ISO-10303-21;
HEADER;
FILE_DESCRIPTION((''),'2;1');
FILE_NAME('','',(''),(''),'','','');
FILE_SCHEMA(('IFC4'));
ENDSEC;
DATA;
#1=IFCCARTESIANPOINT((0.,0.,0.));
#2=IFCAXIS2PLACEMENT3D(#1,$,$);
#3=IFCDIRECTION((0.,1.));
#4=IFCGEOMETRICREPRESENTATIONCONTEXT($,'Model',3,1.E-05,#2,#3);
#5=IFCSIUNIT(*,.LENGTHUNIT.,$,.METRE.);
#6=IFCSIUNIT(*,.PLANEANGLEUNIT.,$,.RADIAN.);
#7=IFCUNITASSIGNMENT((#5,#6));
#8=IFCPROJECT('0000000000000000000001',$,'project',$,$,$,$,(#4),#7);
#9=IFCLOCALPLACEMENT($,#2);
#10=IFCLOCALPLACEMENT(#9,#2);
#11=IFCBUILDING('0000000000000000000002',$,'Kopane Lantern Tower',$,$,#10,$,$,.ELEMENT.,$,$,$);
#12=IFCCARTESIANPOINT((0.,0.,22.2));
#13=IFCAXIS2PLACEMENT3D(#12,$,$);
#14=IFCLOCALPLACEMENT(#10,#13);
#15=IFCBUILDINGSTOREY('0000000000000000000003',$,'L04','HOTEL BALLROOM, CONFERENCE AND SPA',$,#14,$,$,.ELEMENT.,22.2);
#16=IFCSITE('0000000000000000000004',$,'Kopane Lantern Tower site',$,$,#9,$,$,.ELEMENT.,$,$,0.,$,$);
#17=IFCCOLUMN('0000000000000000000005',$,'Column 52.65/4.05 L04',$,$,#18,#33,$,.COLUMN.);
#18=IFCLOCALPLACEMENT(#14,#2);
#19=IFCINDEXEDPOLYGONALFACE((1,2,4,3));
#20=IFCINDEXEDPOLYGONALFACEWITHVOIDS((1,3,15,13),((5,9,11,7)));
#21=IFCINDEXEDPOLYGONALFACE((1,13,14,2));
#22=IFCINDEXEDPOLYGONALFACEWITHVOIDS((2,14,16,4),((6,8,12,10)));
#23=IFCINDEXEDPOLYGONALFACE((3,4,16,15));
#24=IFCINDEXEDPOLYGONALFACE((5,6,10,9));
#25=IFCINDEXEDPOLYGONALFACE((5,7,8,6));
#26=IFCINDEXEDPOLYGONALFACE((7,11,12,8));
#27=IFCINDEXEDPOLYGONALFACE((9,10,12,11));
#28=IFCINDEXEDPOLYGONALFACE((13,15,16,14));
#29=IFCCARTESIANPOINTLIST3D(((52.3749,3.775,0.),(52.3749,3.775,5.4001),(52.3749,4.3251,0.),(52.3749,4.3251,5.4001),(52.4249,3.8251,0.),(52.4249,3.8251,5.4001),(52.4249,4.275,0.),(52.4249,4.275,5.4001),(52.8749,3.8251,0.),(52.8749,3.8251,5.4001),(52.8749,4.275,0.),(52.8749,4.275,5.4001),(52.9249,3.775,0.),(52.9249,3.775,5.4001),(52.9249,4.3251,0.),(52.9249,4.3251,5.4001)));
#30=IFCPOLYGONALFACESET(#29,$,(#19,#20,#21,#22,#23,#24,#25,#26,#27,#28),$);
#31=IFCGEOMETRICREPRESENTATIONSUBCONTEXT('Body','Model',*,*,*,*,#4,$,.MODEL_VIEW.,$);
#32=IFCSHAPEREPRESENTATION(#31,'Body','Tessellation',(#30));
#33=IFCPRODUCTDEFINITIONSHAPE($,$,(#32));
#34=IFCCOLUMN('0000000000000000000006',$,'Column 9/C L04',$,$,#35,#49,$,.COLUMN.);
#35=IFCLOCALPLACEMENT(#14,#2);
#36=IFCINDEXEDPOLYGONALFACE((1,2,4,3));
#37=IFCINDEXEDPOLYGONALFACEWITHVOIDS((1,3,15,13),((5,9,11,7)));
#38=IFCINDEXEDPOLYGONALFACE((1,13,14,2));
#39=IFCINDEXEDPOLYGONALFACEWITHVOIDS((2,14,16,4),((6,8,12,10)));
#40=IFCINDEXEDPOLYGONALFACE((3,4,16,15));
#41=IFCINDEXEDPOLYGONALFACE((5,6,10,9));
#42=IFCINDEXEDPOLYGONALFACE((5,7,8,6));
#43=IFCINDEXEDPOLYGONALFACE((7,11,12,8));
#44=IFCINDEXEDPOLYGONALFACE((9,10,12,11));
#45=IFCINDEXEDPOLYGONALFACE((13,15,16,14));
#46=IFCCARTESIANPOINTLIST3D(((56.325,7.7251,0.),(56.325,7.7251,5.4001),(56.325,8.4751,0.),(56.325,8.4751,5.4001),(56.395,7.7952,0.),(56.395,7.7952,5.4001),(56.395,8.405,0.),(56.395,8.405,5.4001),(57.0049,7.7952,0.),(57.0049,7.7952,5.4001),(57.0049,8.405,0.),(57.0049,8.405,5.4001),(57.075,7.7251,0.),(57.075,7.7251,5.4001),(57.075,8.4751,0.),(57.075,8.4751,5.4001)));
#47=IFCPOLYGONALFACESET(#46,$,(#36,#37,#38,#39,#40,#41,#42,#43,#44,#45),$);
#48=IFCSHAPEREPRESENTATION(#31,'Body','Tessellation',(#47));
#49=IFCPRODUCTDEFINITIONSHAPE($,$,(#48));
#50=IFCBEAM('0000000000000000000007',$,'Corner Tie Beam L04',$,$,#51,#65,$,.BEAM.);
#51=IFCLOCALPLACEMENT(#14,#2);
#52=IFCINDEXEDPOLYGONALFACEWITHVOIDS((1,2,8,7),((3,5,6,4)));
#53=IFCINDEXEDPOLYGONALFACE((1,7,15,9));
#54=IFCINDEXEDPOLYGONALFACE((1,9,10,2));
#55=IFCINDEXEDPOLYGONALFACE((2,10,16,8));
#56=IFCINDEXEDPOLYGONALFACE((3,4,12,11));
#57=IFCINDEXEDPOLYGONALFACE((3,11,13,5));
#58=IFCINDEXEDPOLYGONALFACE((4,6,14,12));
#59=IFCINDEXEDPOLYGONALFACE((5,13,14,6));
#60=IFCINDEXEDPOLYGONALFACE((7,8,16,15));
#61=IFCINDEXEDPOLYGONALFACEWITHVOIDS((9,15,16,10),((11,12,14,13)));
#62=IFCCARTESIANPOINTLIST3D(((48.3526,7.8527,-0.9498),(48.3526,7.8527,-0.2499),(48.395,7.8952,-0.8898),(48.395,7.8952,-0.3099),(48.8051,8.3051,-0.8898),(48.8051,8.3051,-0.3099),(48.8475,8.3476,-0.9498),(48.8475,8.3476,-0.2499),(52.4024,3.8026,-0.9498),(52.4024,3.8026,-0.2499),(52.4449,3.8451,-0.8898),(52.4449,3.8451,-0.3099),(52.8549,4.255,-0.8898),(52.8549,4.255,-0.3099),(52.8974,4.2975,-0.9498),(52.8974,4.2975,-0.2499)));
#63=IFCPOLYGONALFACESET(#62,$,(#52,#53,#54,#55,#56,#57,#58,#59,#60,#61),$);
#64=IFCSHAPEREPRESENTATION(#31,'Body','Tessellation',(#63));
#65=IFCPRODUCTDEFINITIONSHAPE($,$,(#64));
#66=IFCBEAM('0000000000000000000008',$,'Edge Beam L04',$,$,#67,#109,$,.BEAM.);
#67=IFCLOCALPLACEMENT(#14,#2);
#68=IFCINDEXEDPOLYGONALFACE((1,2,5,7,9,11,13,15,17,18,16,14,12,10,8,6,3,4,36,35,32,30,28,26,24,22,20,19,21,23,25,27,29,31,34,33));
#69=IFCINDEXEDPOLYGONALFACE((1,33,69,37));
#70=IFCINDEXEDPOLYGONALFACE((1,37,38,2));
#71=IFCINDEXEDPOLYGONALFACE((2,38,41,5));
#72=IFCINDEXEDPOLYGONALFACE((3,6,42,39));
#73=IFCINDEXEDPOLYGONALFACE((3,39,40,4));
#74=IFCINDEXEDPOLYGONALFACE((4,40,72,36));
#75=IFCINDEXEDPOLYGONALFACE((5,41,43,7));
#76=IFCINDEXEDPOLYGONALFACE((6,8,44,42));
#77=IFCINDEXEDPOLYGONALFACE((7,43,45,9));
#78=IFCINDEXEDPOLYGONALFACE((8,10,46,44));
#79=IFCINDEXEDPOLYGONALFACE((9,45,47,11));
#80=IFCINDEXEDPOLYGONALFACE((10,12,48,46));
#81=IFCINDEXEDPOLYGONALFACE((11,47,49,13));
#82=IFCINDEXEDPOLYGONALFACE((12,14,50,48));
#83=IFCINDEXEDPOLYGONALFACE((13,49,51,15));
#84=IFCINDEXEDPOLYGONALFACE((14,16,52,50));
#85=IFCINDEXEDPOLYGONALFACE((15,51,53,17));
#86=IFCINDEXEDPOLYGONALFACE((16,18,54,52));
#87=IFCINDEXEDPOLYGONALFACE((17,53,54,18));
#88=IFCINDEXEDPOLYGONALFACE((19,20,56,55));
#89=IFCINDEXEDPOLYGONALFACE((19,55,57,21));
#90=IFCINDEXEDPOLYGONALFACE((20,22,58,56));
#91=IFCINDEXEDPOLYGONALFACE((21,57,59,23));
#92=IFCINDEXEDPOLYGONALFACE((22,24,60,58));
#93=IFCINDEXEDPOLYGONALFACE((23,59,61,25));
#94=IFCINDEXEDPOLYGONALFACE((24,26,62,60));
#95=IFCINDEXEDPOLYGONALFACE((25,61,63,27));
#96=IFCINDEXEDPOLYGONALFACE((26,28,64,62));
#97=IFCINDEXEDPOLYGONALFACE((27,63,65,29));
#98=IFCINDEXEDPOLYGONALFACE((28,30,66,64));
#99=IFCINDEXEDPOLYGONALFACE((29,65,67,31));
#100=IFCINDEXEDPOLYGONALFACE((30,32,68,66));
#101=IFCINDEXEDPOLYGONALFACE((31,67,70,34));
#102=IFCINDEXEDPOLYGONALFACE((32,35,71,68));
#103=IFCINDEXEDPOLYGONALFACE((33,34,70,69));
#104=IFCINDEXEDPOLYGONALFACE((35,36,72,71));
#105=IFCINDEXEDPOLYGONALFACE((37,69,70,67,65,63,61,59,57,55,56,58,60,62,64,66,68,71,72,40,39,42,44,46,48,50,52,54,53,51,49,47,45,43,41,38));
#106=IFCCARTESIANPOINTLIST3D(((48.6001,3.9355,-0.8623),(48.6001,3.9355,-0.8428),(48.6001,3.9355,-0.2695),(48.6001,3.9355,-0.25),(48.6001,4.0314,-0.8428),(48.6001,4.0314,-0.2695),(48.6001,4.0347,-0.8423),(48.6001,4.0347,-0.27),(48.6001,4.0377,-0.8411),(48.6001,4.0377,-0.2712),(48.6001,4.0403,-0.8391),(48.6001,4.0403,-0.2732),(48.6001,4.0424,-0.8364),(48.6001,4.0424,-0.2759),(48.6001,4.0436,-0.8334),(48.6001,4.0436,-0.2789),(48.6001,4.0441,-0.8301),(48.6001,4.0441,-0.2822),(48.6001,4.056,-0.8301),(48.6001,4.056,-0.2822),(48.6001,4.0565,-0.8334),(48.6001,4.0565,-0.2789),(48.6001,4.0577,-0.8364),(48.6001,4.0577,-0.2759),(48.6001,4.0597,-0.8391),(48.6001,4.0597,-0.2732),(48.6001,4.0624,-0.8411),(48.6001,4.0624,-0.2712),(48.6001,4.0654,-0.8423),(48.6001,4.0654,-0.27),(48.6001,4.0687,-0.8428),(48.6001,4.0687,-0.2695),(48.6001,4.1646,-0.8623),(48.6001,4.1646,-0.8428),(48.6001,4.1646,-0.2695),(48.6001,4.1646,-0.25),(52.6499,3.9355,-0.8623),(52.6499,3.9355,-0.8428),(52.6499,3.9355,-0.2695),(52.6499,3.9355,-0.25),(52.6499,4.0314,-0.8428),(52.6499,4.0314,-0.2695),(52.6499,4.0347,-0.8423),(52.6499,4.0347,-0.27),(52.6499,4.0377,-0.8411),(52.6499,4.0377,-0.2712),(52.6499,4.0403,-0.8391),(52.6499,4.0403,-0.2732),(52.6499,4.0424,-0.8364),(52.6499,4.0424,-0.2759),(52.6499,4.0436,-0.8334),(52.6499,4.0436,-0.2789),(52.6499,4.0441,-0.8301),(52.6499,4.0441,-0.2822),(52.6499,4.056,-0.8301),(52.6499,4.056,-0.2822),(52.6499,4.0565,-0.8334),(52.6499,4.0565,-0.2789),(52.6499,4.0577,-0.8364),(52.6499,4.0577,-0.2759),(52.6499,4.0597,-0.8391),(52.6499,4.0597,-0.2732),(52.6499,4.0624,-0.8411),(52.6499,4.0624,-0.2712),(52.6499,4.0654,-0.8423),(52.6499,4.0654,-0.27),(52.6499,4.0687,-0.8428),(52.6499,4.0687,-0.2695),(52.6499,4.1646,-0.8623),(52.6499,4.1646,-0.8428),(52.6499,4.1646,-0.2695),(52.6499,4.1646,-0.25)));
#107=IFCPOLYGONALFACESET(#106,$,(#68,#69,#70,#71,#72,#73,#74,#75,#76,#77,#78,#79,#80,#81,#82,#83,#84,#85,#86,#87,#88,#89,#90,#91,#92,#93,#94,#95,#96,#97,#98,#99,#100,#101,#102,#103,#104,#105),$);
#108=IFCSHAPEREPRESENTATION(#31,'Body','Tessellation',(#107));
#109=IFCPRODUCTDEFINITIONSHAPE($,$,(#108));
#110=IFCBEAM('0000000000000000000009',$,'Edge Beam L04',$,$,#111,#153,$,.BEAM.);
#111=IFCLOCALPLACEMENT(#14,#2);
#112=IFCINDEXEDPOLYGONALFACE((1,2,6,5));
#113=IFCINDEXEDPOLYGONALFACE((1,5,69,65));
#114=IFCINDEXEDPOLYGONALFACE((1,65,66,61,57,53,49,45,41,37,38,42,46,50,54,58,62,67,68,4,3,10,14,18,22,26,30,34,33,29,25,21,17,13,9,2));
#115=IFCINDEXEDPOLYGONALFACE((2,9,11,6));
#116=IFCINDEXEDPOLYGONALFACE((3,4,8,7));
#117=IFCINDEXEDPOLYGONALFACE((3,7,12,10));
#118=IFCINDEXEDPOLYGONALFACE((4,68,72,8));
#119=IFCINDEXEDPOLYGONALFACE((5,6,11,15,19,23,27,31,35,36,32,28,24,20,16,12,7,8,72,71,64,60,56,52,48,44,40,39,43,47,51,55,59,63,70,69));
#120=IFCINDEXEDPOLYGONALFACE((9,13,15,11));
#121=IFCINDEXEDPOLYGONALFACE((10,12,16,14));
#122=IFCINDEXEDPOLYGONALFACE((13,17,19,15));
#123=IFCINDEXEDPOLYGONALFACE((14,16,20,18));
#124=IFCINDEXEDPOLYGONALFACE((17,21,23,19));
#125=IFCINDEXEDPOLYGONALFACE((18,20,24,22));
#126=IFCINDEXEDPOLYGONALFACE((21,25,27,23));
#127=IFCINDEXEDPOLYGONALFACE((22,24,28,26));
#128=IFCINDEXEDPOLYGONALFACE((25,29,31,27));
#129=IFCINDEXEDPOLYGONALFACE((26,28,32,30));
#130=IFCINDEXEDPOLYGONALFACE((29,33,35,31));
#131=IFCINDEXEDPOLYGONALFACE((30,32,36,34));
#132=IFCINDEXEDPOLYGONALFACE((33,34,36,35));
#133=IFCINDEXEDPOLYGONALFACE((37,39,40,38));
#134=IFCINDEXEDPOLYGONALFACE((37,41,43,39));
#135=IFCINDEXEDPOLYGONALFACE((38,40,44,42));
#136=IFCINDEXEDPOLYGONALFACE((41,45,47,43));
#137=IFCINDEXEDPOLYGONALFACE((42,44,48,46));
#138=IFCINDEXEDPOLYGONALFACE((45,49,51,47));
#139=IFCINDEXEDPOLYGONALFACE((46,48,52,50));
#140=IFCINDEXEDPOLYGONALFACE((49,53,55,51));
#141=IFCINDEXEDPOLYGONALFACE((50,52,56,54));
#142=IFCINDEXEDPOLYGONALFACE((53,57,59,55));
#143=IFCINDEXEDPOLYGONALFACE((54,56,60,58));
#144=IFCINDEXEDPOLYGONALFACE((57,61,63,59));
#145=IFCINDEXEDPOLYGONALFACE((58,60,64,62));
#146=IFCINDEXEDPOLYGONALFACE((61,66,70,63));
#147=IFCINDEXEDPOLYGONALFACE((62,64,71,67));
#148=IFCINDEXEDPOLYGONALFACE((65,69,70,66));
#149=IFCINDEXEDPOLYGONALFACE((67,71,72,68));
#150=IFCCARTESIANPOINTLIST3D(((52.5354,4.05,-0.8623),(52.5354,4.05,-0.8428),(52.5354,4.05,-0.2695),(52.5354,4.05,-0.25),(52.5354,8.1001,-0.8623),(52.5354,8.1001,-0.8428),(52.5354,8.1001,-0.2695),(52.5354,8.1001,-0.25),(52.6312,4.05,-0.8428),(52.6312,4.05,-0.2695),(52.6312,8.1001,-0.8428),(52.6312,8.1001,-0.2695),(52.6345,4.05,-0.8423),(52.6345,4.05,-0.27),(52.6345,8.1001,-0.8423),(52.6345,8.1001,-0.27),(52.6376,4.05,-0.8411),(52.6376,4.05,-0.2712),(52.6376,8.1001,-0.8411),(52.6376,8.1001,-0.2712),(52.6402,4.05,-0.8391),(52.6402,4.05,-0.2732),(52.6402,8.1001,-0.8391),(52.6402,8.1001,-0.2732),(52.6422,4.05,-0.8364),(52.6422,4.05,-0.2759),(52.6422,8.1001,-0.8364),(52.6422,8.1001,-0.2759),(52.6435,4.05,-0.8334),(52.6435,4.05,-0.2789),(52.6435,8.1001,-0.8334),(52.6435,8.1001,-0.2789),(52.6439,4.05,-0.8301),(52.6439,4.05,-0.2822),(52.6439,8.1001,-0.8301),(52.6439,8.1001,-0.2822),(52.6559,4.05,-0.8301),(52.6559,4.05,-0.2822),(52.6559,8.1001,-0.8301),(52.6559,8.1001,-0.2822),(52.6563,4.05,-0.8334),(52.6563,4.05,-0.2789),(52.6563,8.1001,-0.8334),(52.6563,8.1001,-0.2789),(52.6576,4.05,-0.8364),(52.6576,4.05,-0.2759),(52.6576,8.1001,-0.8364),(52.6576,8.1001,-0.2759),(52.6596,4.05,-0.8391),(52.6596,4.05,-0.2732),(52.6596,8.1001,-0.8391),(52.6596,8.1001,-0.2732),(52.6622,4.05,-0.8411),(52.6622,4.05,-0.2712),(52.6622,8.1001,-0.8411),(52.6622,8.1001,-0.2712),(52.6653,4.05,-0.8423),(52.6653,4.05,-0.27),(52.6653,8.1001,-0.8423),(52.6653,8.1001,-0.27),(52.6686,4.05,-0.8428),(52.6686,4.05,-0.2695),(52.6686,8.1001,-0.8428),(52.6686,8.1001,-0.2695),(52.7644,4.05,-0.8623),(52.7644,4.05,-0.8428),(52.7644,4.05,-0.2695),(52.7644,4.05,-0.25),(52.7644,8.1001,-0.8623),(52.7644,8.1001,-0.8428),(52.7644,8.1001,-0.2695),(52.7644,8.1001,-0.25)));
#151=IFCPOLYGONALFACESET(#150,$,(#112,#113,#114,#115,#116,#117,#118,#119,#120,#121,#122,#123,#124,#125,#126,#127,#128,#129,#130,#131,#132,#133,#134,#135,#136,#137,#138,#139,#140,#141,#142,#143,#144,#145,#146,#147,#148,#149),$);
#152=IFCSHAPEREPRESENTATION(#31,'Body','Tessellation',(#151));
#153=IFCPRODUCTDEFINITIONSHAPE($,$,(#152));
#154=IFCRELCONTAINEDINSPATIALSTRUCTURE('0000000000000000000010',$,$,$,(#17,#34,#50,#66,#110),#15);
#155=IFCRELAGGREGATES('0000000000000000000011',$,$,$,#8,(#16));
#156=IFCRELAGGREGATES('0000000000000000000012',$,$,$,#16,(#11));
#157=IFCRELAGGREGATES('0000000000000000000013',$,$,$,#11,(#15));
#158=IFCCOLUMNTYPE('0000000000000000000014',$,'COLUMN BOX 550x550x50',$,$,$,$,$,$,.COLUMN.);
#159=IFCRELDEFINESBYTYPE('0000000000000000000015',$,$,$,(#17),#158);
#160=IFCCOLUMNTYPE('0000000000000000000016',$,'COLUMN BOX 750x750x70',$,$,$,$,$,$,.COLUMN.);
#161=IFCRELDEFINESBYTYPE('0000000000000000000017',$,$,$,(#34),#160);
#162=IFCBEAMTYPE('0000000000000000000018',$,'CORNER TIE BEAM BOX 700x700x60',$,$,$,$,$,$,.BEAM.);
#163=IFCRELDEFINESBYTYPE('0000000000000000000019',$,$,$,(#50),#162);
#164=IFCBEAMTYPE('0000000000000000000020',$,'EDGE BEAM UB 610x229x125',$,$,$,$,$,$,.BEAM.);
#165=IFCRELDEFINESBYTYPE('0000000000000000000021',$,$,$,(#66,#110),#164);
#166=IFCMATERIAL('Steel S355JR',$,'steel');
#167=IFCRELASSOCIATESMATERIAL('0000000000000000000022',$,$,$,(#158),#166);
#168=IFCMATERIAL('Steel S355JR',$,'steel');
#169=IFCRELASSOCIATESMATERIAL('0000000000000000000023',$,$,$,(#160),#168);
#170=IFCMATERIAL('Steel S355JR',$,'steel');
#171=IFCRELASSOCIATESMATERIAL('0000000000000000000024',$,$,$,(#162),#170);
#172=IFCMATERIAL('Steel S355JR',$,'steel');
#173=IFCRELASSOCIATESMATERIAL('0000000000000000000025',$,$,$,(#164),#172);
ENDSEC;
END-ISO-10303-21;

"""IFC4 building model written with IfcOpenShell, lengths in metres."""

from ifc_helpers import new_model, si_unit, direction, frame, origin, origin_2d, place, context, subcontext, project, spatial, hollow_rectangle, i_section, extrude, material, material_profile, profile_set, type_object, element, save


model = new_model("IFC4")

# Units and contexts
model_context = context("Model", 3, precision=1e-05, world=origin(), true_north=direction((0.0, 1.0)))
body_context = subcontext(model_context, "Body", "Model", "MODEL_VIEW")
ifc_project = project(units=[si_unit("LENGTHUNIT", "METRE"), si_unit("PLANEANGLEUNIT", "RADIAN")], contexts=[model_context])

# Site, building, storey
site_placement = place(None, origin())
site = spatial("IfcSite", under=ifc_project, at=site_placement, Name="Kopane Lantern Tower site", CompositionType="ELEMENT", RefElevation=0.0)
building_placement = place(site_placement, origin())
building = spatial("IfcBuilding", under=site, at=building_placement, Name="Kopane Lantern Tower", CompositionType="ELEMENT")
storey_placement = place(building_placement, frame((0.0, 0.0, 22.2)))
storey = spatial("IfcBuildingStorey", under=building, at=storey_placement, Name="L04", Description="HOTEL BALLROOM, CONFERENCE AND SPA", CompositionType="ELEMENT", Elevation=22.2)

# Columns
ifc_material_1 = material(Name="Steel S355JR", Category="steel")
ifc_material_profile_1 = material_profile(ifc_material_1, hollow_rectangle(XDim=0.55, YDim=0.55, WallThickness=0.05, at=origin_2d()), Name="BOX 550x550x50")
ifc_profile_set_1 = profile_set([ifc_material_profile_1], Name="Steel S355JR")
column_type_1 = type_object("IfcColumnType", Name="COLUMN BOX 550x550x50", PredefinedType="COLUMN", material=ifc_profile_set_1)
column_1_placement = place(storey_placement, frame((52.6499, 4.05, 0.0), z_axis=(0.0, 0.0, 1.0), x_axis=(1.0, 0.0, 0.0)))
element("IfcColumn", 1, at=column_1_placement, inside=storey, type_object=column_type_1, Name="Column 52.65/4.05 L04", PredefinedType="COLUMN", context=body_context, shape_type="SweptSolid", body=[
    extrude(hollow_rectangle(XDim=0.55, YDim=0.55, WallThickness=0.05, at=origin_2d()), origin(), (0.0, 0.0, 1.0), 5.4001),
])
ifc_material_2 = material(Name="Steel S355JR", Category="steel")
ifc_material_profile_2 = material_profile(ifc_material_2, hollow_rectangle(XDim=0.75, YDim=0.75, WallThickness=0.0701, at=origin_2d()), Name="BOX 750x750x70")
ifc_profile_set_2 = profile_set([ifc_material_profile_2], Name="Steel S355JR")
column_type_2 = type_object("IfcColumnType", Name="COLUMN BOX 750x750x70", PredefinedType="COLUMN", material=ifc_profile_set_2)
column_2_placement = place(storey_placement, frame((56.7, 8.1001, 0.0), z_axis=(0.0, 0.0, 1.0), x_axis=(1.0, 0.0, 0.0)))
element("IfcColumn", 2, at=column_2_placement, inside=storey, type_object=column_type_2, Name="Column 9/C L04", PredefinedType="COLUMN", context=body_context, shape_type="SweptSolid", body=[
    extrude(hollow_rectangle(XDim=0.75, YDim=0.75, WallThickness=0.0701, at=origin_2d()), origin(), (0.0, 0.0, 1.0), 5.4001),
])

# Beams
ifc_material_3 = material(Name="Steel S355JR", Category="steel")
ifc_material_profile_3 = material_profile(ifc_material_3, hollow_rectangle(XDim=0.7, YDim=0.7, WallThickness=0.0601, at=origin_2d()), Name="BOX 700x700x60")
ifc_profile_set_3 = profile_set([ifc_material_profile_3], Name="Steel S355JR")
beam_type_1 = type_object("IfcBeamType", Name="CORNER TIE BEAM BOX 700x700x60", PredefinedType="BEAM", material=ifc_profile_set_3)
beam_1_placement = place(storey_placement, frame((52.6499, 4.05, -0.5999), z_axis=(-0.707085, 0.707128, 0.0), x_axis=(-0.707128, -0.707085, 0.0)))
element("IfcBeam", 3, at=beam_1_placement, inside=storey, type_object=beam_type_1, Name="Corner Tie Beam L04", PredefinedType="BEAM", context=body_context, shape_type="SweptSolid", body=[
    extrude(hollow_rectangle(XDim=0.7, YDim=0.7, WallThickness=0.0601, at=origin_2d()), origin(), (0.0, 0.0, 1.0), 5.7275),
])
ifc_material_4 = material(Name="Steel S355JR", Category="steel")
ifc_material_profile_4 = material_profile(ifc_material_4, i_section(OverallWidth=0.229, OverallDepth=0.6123, WebThickness=0.012, FlangeThickness=0.0195, FilletRadius=0.0127, at=origin_2d()), Name="UB 610x229x125")
ifc_profile_set_4 = profile_set([ifc_material_profile_4], Name="Steel S355JR")
beam_type_2 = type_object("IfcBeamType", Name="EDGE BEAM UB 610x229x125", PredefinedType="BEAM", material=ifc_profile_set_4)
beam_2_placement = place(storey_placement, frame((52.6499, 4.05, -0.5562), z_axis=(-1.0, 0.0, 0.0), x_axis=(0.0, -1.0, 0.0)))
element("IfcBeam", 4, at=beam_2_placement, inside=storey, type_object=beam_type_2, Name="Edge Beam L04", PredefinedType="BEAM", context=body_context, shape_type="SweptSolid", body=[
    extrude(i_section(OverallWidth=0.229, OverallDepth=0.6123, WebThickness=0.012, FlangeThickness=0.0195, FilletRadius=0.0127, at=origin_2d()), origin(), (0.0, 0.0, 1.0), 4.0498),
])
beam_3_placement = place(storey_placement, frame((52.6499, 4.05, -0.5562), z_axis=(0.0, 1.0, 0.0), x_axis=(-1.0, 0.0, 0.0)))
element("IfcBeam", 5, at=beam_3_placement, inside=storey, type_object=beam_type_2, Name="Edge Beam L04", PredefinedType="BEAM", context=body_context, shape_type="SweptSolid", body=[
    extrude(i_section(OverallWidth=0.229, OverallDepth=0.6123, WebThickness=0.012, FlangeThickness=0.0195, FilletRadius=0.0127, at=origin_2d()), origin(), (0.0, 0.0, 1.0), 4.05),
])

save(model, "model.ifc")
